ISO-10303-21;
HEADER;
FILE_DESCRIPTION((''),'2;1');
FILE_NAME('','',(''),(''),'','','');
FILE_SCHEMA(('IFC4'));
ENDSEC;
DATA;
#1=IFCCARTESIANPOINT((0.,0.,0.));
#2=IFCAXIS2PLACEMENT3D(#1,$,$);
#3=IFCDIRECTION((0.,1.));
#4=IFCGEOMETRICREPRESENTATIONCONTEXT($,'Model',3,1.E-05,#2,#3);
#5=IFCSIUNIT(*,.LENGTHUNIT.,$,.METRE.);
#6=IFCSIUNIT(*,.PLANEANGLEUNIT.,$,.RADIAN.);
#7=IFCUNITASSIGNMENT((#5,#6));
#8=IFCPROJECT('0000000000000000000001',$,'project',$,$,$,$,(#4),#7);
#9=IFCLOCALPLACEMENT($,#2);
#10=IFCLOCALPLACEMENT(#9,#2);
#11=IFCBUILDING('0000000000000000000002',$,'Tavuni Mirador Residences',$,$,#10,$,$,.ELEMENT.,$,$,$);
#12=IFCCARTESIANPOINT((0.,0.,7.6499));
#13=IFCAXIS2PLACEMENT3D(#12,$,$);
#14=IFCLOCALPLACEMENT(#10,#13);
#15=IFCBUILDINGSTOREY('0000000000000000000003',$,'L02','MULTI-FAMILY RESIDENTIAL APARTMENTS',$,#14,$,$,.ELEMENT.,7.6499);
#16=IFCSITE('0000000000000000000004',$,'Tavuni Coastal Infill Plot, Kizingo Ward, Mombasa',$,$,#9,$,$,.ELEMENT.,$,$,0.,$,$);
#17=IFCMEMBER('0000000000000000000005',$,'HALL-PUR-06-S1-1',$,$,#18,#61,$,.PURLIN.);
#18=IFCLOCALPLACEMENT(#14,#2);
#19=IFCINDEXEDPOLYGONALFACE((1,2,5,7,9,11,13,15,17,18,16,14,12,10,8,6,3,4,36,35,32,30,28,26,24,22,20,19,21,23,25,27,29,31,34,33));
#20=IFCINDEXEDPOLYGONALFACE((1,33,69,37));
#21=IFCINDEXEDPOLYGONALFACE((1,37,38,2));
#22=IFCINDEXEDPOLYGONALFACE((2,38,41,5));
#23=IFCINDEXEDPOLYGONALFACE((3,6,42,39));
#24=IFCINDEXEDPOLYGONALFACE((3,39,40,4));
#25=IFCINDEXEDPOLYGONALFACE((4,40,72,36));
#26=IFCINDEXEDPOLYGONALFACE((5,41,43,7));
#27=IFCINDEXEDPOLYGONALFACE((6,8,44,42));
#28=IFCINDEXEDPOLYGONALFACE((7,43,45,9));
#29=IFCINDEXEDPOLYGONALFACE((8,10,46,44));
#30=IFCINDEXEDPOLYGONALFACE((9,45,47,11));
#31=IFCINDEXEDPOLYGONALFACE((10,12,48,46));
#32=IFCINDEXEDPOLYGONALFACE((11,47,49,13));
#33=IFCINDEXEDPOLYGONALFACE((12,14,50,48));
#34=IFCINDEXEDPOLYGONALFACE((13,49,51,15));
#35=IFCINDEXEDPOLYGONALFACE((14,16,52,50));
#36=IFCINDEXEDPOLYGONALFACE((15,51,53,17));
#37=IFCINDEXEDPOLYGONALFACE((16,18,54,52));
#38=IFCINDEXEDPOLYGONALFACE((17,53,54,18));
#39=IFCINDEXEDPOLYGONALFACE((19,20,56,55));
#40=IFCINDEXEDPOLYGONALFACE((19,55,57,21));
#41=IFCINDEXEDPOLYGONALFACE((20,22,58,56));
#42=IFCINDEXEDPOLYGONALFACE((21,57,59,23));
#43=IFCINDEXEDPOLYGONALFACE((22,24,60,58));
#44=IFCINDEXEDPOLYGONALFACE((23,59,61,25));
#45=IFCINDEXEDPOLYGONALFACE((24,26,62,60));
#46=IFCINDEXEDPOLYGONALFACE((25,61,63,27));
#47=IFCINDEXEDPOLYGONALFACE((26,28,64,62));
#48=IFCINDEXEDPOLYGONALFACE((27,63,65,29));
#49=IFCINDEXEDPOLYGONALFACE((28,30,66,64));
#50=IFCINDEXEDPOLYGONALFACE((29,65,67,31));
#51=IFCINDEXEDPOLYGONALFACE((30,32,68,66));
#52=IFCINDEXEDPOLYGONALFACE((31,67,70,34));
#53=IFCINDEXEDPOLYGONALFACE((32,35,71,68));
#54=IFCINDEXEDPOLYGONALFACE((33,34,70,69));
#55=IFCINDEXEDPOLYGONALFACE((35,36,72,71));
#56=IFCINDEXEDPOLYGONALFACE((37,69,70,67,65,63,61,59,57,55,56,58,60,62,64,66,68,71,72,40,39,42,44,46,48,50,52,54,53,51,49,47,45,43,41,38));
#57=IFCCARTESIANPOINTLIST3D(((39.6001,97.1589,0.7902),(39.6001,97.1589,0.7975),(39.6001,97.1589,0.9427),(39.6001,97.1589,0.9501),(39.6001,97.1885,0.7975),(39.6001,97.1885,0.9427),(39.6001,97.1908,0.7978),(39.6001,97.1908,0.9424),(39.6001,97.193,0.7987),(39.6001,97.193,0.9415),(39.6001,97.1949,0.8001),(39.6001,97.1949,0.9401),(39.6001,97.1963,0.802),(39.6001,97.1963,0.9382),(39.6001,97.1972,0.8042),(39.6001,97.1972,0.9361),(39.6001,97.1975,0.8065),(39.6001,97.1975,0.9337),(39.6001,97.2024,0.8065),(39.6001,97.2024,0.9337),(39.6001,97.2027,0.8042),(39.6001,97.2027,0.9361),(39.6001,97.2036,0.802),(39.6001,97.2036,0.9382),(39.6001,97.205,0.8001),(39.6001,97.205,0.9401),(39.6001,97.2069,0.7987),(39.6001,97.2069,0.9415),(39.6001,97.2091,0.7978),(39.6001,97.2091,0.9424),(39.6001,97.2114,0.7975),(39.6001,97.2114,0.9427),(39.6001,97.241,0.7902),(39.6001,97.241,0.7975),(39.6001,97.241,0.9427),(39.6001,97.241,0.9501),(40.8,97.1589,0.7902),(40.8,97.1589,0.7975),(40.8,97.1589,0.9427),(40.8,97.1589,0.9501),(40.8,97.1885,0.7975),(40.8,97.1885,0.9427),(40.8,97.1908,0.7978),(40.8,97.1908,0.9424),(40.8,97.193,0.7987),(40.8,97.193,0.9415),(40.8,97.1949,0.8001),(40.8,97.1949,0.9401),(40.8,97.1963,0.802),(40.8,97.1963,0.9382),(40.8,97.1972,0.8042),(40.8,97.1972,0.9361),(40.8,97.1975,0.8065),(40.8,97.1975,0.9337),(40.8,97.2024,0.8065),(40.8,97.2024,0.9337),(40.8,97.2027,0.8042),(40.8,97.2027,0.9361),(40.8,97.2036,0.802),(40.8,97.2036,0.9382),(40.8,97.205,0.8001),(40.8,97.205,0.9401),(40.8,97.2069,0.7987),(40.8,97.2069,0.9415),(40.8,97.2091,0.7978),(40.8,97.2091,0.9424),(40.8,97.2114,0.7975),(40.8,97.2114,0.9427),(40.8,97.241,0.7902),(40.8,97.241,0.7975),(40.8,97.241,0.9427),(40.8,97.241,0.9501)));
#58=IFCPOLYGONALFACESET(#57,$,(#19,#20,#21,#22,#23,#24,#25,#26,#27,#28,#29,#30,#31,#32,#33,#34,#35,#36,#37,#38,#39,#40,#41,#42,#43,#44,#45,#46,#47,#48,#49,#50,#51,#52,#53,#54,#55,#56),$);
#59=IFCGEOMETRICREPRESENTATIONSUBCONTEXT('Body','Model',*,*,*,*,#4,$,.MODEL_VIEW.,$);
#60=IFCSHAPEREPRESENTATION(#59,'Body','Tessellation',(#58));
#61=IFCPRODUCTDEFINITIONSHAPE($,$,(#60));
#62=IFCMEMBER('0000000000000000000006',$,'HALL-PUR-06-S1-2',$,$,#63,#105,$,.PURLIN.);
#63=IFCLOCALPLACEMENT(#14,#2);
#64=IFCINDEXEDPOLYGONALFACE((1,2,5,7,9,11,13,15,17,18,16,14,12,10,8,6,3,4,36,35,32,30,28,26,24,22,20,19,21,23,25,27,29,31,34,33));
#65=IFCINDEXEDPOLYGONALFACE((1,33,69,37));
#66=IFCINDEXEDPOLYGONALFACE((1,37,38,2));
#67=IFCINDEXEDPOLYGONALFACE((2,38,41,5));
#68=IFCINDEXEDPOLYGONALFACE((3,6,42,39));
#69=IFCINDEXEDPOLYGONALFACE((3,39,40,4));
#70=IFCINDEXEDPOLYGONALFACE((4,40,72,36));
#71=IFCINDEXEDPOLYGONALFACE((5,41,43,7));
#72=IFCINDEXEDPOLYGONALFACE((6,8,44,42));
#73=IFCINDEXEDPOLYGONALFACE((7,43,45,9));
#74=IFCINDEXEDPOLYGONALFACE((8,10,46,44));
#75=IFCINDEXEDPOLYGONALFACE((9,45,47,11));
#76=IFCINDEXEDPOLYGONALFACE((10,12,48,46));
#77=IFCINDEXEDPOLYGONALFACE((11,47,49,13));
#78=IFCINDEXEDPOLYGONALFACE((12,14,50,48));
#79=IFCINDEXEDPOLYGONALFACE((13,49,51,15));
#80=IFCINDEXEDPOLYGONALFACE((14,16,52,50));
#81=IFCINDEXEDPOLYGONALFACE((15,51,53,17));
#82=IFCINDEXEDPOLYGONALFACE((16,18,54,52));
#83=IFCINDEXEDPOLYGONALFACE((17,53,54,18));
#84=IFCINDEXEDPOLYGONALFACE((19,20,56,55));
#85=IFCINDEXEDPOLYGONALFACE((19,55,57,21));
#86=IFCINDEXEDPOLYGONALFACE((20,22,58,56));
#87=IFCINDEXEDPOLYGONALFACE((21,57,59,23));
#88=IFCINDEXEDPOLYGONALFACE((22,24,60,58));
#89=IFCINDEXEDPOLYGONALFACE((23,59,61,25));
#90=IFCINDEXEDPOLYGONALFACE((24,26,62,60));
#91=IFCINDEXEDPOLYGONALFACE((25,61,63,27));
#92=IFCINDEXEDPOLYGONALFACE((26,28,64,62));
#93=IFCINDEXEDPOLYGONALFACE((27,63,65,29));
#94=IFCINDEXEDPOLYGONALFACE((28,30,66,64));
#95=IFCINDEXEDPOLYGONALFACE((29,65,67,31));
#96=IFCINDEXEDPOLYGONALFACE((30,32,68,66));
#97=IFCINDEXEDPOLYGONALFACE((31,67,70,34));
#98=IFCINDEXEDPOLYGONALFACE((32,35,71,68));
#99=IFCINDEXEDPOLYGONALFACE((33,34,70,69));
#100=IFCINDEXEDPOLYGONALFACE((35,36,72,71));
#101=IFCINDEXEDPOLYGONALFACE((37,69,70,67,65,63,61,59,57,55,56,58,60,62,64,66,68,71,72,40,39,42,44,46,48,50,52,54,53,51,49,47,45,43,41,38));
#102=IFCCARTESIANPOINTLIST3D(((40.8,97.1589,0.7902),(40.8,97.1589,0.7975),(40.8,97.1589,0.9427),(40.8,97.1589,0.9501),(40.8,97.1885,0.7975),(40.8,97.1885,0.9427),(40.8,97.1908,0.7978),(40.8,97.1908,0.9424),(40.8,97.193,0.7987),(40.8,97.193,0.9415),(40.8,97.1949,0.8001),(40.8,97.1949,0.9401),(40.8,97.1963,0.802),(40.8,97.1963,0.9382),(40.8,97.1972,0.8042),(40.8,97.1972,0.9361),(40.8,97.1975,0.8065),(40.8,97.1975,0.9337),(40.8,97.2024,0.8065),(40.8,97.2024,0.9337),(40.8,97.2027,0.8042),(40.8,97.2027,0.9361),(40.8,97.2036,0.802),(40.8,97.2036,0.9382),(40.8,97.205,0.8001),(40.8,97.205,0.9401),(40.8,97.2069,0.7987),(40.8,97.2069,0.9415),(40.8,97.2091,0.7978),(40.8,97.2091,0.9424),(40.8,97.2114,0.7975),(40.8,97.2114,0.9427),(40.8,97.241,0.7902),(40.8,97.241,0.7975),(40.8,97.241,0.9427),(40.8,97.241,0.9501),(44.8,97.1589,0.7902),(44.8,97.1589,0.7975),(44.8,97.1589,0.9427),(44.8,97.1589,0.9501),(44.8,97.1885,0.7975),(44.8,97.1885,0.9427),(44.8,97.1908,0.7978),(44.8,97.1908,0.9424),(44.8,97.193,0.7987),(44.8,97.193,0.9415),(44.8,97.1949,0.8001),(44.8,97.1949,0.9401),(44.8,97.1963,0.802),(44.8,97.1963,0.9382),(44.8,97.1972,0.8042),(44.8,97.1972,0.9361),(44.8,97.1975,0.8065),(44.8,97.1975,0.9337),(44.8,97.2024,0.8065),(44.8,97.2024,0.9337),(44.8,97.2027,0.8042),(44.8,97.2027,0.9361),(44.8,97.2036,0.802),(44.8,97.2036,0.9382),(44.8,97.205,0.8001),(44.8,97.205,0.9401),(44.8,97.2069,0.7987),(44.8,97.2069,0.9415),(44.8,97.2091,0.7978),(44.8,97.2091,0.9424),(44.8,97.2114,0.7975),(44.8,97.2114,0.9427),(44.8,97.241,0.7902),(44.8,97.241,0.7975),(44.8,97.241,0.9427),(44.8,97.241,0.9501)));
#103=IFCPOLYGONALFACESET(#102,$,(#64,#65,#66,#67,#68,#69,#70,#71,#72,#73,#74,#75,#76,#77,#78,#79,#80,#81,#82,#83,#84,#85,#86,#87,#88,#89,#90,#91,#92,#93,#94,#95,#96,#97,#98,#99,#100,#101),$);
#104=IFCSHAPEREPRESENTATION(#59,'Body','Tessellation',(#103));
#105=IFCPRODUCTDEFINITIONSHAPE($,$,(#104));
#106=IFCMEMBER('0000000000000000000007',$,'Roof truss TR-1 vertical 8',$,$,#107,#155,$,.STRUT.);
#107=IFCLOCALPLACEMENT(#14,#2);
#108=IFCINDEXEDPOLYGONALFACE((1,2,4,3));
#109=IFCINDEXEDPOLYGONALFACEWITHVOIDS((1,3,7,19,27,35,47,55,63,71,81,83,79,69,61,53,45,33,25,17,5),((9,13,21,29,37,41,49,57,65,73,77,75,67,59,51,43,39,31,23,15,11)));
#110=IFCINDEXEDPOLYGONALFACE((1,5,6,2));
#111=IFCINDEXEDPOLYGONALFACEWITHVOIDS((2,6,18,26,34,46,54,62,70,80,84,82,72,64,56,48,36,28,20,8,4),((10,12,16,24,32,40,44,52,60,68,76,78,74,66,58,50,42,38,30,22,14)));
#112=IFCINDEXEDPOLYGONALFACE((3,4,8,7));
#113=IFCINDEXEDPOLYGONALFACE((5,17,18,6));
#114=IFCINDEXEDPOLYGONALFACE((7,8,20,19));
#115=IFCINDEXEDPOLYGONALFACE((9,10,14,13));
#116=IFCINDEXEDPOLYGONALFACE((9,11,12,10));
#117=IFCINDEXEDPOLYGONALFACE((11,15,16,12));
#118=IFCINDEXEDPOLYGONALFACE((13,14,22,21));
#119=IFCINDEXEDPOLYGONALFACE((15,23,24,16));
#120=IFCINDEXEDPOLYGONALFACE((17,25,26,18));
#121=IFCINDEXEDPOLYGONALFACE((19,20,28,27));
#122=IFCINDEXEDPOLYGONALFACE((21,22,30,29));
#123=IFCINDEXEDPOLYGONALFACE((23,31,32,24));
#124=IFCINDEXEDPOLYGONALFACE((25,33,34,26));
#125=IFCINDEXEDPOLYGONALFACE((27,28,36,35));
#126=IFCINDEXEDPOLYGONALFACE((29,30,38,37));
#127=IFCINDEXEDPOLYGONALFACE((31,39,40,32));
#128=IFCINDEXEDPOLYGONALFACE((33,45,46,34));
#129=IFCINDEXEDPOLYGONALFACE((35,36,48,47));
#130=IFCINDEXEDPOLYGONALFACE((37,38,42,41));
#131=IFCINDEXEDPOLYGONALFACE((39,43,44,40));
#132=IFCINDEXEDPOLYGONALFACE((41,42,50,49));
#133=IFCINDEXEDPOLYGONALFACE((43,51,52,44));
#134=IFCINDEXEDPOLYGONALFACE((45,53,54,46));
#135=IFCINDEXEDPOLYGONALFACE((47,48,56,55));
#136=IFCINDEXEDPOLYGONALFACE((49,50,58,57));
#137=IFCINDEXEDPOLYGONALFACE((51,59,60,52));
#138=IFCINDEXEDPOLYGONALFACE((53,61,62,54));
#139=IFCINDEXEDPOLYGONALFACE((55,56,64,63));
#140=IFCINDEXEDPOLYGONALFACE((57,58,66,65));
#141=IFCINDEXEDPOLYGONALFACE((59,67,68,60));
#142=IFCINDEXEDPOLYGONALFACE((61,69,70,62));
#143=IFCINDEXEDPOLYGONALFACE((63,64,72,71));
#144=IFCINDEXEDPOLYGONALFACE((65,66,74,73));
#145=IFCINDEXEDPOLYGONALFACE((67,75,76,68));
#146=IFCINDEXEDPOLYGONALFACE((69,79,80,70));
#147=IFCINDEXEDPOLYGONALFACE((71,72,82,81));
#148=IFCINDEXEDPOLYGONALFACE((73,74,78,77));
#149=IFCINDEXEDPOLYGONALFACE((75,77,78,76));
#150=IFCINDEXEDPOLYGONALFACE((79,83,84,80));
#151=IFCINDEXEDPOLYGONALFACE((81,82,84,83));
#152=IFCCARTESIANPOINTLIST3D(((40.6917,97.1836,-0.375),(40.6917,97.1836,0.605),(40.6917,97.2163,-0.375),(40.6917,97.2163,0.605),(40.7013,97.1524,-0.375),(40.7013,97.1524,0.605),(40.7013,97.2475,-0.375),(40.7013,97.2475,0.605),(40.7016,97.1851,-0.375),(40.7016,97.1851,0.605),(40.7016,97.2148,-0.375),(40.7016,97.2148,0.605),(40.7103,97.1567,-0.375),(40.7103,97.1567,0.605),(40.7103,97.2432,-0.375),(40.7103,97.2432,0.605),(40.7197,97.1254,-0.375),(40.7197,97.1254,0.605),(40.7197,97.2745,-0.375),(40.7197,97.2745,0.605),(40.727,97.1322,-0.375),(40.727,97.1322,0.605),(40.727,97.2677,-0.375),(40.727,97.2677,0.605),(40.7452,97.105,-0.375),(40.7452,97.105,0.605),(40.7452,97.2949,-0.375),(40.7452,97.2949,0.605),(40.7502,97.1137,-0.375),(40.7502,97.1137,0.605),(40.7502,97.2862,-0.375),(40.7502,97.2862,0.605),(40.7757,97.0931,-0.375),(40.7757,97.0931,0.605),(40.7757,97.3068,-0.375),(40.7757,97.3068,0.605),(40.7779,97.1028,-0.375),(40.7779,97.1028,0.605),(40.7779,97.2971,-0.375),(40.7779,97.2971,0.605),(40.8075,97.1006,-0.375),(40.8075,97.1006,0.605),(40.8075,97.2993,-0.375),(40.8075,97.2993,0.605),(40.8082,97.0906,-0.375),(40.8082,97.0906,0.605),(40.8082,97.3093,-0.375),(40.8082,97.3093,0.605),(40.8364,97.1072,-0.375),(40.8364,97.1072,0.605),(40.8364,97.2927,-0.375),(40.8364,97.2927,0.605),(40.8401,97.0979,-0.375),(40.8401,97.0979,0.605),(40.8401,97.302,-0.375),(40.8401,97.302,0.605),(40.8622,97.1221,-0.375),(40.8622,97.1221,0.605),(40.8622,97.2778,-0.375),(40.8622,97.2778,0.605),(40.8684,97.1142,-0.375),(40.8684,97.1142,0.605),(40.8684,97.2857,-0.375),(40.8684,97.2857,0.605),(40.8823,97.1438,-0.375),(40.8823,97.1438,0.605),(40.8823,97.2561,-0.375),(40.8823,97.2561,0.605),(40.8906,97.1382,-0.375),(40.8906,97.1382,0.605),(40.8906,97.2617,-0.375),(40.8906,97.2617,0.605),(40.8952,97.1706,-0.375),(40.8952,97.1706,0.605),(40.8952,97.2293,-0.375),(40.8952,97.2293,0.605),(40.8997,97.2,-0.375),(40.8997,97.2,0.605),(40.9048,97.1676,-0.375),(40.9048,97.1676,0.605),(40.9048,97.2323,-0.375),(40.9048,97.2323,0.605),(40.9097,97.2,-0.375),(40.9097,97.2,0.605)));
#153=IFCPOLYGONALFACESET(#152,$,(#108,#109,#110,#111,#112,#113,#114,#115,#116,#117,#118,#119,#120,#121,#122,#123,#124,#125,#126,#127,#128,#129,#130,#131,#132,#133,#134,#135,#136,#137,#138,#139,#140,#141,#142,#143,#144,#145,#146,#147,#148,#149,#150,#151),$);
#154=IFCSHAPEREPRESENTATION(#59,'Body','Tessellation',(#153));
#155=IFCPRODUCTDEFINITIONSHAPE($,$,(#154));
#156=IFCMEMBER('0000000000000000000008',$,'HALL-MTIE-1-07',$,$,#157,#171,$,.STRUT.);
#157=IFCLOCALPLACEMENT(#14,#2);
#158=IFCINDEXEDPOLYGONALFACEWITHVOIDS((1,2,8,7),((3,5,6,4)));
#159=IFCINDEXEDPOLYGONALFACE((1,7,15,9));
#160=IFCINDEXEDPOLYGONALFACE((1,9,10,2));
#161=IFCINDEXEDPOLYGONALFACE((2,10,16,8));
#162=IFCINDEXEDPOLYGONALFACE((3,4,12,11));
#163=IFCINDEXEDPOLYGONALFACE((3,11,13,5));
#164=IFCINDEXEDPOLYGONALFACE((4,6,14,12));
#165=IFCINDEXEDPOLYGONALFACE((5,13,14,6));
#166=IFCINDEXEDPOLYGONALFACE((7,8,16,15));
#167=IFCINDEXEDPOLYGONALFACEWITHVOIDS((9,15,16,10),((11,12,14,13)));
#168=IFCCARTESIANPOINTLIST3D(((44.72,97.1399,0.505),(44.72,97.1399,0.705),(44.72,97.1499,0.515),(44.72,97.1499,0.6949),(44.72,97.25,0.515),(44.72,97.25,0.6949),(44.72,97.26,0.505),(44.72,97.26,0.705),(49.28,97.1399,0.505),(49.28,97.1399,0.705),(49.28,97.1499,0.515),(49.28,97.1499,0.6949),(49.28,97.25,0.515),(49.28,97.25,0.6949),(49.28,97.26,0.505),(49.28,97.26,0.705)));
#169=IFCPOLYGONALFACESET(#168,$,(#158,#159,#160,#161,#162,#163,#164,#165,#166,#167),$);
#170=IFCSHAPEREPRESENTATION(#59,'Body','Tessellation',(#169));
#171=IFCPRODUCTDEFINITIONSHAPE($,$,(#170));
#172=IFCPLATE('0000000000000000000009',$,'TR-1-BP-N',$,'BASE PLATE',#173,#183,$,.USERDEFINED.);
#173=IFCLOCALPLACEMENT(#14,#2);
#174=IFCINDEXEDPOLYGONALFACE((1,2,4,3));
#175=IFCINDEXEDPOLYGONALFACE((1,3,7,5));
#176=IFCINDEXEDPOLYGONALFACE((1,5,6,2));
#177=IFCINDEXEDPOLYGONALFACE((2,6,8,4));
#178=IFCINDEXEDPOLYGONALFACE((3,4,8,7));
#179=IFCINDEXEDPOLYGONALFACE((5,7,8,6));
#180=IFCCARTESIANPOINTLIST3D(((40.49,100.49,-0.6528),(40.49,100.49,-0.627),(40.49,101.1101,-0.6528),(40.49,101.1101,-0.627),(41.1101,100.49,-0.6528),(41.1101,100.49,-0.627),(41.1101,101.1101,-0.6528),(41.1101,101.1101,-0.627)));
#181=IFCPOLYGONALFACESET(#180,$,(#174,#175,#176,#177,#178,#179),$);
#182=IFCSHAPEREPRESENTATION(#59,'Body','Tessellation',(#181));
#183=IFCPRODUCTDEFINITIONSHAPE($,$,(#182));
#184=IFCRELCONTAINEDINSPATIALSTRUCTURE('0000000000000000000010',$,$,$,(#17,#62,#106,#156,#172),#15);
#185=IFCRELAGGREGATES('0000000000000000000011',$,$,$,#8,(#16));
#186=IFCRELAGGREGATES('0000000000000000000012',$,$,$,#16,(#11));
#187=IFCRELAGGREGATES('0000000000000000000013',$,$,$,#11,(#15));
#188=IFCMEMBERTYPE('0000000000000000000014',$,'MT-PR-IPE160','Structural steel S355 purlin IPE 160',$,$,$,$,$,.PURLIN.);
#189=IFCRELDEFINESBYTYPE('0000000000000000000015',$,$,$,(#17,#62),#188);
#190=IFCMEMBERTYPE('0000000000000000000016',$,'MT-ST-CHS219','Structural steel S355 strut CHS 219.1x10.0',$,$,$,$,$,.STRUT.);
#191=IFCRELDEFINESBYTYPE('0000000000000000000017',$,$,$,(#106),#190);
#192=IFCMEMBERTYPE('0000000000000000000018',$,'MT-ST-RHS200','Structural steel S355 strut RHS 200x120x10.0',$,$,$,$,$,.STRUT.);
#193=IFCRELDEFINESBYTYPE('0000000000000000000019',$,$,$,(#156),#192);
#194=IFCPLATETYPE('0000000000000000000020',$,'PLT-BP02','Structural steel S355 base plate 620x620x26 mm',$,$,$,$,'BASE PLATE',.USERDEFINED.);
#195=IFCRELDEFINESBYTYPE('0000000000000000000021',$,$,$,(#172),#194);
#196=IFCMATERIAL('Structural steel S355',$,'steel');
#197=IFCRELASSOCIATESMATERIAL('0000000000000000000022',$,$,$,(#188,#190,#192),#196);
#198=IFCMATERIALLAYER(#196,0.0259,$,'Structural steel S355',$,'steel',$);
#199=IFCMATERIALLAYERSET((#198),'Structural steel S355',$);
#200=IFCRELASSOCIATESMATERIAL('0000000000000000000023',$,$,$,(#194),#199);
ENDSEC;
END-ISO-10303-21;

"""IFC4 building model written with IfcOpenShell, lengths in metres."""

from ifc_helpers import new_model, si_unit, direction, frame, origin, origin_2d, place, context, subcontext, project, spatial, rectangle, hollow_rectangle, hollow_circle, i_section, extrude, material, layer, layer_set, material_profile, profile_set, type_object, element, save


model = new_model("IFC4")

# Units and contexts
model_context = context("Model", 3, precision=1e-05, world=origin(), true_north=direction((0.0, 1.0)))
body_context = subcontext(model_context, "Body", "Model", "MODEL_VIEW")
ifc_project = project(units=[si_unit("LENGTHUNIT", "METRE"), si_unit("PLANEANGLEUNIT", "RADIAN")], contexts=[model_context])

# Site, building, storey
site_placement = place(None, origin())
site = spatial("IfcSite", under=ifc_project, at=site_placement, Name="Tavuni Coastal Infill Plot, Kizingo Ward, Mombasa", CompositionType="ELEMENT", RefElevation=0.0)
building_placement = place(site_placement, origin())
building = spatial("IfcBuilding", under=site, at=building_placement, Name="Tavuni Mirador Residences", CompositionType="ELEMENT")
storey_placement = place(building_placement, frame((0.0, 0.0, 7.6499)))
storey = spatial("IfcBuildingStorey", under=building, at=storey_placement, Name="L02", Description="MULTI-FAMILY RESIDENTIAL APARTMENTS", CompositionType="ELEMENT", Elevation=7.6499)

# Members
ifc_material_1 = material(Name="Structural steel S355", Category="steel")
ifc_material_profile_1 = material_profile(ifc_material_1, i_section(OverallWidth=0.082, OverallDepth=0.1599, WebThickness=0.0049, FlangeThickness=0.0073, FilletRadius=0.009, at=origin_2d()), Name="IPE 160", Category="steel")
ifc_profile_set_1 = profile_set([ifc_material_profile_1], Name="Structural steel S355")
member_type_1 = type_object("IfcMemberType", Name="MT-PR-IPE160", Description="Structural steel S355 purlin IPE 160", PredefinedType="PURLIN", material=ifc_profile_set_1)
member_1_placement = place(storey_placement, frame((39.6001, 97.2, 0.8701), z_axis=(1.0, 0.0, 0.0), x_axis=(0.0, 1.0, 0.0)))
element("IfcMember", 1, at=member_1_placement, inside=storey, type_object=member_type_1, Name="HALL-PUR-06-S1-1", PredefinedType="PURLIN", context=body_context, shape_type="SweptSolid", body=[
    extrude(i_section(OverallWidth=0.082, OverallDepth=0.1599, WebThickness=0.0049, FlangeThickness=0.0073, FilletRadius=0.009, at=origin_2d()), origin(), (0.0, 0.0, 1.0), 1.2),
])
member_2_placement = place(storey_placement, frame((40.8, 97.2, 0.8701), z_axis=(1.0, 0.0, 0.0), x_axis=(0.0, 1.0, 0.0)))
element("IfcMember", 2, at=member_2_placement, inside=storey, type_object=member_type_1, Name="HALL-PUR-06-S1-2", PredefinedType="PURLIN", context=body_context, shape_type="SweptSolid", body=[
    extrude(i_section(OverallWidth=0.082, OverallDepth=0.1599, WebThickness=0.0049, FlangeThickness=0.0073, FilletRadius=0.009, at=origin_2d()), origin(), (0.0, 0.0, 1.0), 4.0),
])
ifc_material_profile_2 = material_profile(ifc_material_1, hollow_circle(Radius=0.1096, WallThickness=0.01, at=origin_2d()), Name="CHS 219.1x10.0", Category="steel")
ifc_profile_set_2 = profile_set([ifc_material_profile_2], Name="Structural steel S355")
member_type_2 = type_object("IfcMemberType", Name="MT-ST-CHS219", Description="Structural steel S355 strut CHS 219.1x10.0", PredefinedType="STRUT", material=ifc_profile_set_2)
member_3_placement = place(storey_placement, frame((40.8, 97.2, -0.375), z_axis=(0.0, 0.0, 1.0), x_axis=(1.0, 0.0, 0.0)))
element("IfcMember", 3, at=member_3_placement, inside=storey, type_object=member_type_2, Name="Roof truss TR-1 vertical 8", PredefinedType="STRUT", context=body_context, shape_type="SweptSolid", body=[
    extrude(hollow_circle(Radius=0.1096, WallThickness=0.01, at=origin_2d()), origin(), (0.0, 0.0, 1.0), 0.98),
])
ifc_material_profile_3 = material_profile(ifc_material_1, hollow_rectangle(XDim=0.1201, YDim=0.2, WallThickness=0.01, at=origin_2d()), Name="RHS 200x120x10.0", Category="steel")
ifc_profile_set_3 = profile_set([ifc_material_profile_3], Name="Structural steel S355")
member_type_3 = type_object("IfcMemberType", Name="MT-ST-RHS200", Description="Structural steel S355 strut RHS 200x120x10.0", PredefinedType="STRUT", material=ifc_profile_set_3)
member_4_placement = place(storey_placement, frame((44.72, 97.2, 0.605), z_axis=(1.0, 0.0, 0.0), x_axis=(0.0, 1.0, 0.0)))
element("IfcMember", 4, at=member_4_placement, inside=storey, type_object=member_type_3, Name="HALL-MTIE-1-07", PredefinedType="STRUT", context=body_context, shape_type="SweptSolid", body=[
    extrude(hollow_rectangle(XDim=0.1201, YDim=0.2, WallThickness=0.01, at=origin_2d()), origin(), (0.0, 0.0, 1.0), 4.5601),
])

# Plate
ifc_layer_1 = layer(ifc_material_1, 0.0259, Name="Structural steel S355", Category="steel")
ifc_layer_set_1 = layer_set([ifc_layer_1], Name="Structural steel S355")
plate_type_1 = type_object("IfcPlateType", Name="PLT-BP02", Description="Structural steel S355 base plate 620x620x26 mm", ElementType="BASE PLATE", PredefinedType="USERDEFINED", material=ifc_layer_set_1)
plate_1_placement = place(storey_placement, frame((40.8, 100.8, -0.6528), z_axis=(0.0, 0.0, 1.0), x_axis=(1.0, 0.0, 0.0)))
element("IfcPlate", 5, at=plate_1_placement, inside=storey, type_object=plate_type_1, Name="TR-1-BP-N", ObjectType="BASE PLATE", PredefinedType="USERDEFINED", context=body_context, shape_type="SweptSolid", body=[
    extrude(rectangle(XDim=0.6201, YDim=0.6201, at=origin_2d()), origin(), (0.0, 0.0, 1.0), 0.0259),
])

save(model, "model.ifc")
